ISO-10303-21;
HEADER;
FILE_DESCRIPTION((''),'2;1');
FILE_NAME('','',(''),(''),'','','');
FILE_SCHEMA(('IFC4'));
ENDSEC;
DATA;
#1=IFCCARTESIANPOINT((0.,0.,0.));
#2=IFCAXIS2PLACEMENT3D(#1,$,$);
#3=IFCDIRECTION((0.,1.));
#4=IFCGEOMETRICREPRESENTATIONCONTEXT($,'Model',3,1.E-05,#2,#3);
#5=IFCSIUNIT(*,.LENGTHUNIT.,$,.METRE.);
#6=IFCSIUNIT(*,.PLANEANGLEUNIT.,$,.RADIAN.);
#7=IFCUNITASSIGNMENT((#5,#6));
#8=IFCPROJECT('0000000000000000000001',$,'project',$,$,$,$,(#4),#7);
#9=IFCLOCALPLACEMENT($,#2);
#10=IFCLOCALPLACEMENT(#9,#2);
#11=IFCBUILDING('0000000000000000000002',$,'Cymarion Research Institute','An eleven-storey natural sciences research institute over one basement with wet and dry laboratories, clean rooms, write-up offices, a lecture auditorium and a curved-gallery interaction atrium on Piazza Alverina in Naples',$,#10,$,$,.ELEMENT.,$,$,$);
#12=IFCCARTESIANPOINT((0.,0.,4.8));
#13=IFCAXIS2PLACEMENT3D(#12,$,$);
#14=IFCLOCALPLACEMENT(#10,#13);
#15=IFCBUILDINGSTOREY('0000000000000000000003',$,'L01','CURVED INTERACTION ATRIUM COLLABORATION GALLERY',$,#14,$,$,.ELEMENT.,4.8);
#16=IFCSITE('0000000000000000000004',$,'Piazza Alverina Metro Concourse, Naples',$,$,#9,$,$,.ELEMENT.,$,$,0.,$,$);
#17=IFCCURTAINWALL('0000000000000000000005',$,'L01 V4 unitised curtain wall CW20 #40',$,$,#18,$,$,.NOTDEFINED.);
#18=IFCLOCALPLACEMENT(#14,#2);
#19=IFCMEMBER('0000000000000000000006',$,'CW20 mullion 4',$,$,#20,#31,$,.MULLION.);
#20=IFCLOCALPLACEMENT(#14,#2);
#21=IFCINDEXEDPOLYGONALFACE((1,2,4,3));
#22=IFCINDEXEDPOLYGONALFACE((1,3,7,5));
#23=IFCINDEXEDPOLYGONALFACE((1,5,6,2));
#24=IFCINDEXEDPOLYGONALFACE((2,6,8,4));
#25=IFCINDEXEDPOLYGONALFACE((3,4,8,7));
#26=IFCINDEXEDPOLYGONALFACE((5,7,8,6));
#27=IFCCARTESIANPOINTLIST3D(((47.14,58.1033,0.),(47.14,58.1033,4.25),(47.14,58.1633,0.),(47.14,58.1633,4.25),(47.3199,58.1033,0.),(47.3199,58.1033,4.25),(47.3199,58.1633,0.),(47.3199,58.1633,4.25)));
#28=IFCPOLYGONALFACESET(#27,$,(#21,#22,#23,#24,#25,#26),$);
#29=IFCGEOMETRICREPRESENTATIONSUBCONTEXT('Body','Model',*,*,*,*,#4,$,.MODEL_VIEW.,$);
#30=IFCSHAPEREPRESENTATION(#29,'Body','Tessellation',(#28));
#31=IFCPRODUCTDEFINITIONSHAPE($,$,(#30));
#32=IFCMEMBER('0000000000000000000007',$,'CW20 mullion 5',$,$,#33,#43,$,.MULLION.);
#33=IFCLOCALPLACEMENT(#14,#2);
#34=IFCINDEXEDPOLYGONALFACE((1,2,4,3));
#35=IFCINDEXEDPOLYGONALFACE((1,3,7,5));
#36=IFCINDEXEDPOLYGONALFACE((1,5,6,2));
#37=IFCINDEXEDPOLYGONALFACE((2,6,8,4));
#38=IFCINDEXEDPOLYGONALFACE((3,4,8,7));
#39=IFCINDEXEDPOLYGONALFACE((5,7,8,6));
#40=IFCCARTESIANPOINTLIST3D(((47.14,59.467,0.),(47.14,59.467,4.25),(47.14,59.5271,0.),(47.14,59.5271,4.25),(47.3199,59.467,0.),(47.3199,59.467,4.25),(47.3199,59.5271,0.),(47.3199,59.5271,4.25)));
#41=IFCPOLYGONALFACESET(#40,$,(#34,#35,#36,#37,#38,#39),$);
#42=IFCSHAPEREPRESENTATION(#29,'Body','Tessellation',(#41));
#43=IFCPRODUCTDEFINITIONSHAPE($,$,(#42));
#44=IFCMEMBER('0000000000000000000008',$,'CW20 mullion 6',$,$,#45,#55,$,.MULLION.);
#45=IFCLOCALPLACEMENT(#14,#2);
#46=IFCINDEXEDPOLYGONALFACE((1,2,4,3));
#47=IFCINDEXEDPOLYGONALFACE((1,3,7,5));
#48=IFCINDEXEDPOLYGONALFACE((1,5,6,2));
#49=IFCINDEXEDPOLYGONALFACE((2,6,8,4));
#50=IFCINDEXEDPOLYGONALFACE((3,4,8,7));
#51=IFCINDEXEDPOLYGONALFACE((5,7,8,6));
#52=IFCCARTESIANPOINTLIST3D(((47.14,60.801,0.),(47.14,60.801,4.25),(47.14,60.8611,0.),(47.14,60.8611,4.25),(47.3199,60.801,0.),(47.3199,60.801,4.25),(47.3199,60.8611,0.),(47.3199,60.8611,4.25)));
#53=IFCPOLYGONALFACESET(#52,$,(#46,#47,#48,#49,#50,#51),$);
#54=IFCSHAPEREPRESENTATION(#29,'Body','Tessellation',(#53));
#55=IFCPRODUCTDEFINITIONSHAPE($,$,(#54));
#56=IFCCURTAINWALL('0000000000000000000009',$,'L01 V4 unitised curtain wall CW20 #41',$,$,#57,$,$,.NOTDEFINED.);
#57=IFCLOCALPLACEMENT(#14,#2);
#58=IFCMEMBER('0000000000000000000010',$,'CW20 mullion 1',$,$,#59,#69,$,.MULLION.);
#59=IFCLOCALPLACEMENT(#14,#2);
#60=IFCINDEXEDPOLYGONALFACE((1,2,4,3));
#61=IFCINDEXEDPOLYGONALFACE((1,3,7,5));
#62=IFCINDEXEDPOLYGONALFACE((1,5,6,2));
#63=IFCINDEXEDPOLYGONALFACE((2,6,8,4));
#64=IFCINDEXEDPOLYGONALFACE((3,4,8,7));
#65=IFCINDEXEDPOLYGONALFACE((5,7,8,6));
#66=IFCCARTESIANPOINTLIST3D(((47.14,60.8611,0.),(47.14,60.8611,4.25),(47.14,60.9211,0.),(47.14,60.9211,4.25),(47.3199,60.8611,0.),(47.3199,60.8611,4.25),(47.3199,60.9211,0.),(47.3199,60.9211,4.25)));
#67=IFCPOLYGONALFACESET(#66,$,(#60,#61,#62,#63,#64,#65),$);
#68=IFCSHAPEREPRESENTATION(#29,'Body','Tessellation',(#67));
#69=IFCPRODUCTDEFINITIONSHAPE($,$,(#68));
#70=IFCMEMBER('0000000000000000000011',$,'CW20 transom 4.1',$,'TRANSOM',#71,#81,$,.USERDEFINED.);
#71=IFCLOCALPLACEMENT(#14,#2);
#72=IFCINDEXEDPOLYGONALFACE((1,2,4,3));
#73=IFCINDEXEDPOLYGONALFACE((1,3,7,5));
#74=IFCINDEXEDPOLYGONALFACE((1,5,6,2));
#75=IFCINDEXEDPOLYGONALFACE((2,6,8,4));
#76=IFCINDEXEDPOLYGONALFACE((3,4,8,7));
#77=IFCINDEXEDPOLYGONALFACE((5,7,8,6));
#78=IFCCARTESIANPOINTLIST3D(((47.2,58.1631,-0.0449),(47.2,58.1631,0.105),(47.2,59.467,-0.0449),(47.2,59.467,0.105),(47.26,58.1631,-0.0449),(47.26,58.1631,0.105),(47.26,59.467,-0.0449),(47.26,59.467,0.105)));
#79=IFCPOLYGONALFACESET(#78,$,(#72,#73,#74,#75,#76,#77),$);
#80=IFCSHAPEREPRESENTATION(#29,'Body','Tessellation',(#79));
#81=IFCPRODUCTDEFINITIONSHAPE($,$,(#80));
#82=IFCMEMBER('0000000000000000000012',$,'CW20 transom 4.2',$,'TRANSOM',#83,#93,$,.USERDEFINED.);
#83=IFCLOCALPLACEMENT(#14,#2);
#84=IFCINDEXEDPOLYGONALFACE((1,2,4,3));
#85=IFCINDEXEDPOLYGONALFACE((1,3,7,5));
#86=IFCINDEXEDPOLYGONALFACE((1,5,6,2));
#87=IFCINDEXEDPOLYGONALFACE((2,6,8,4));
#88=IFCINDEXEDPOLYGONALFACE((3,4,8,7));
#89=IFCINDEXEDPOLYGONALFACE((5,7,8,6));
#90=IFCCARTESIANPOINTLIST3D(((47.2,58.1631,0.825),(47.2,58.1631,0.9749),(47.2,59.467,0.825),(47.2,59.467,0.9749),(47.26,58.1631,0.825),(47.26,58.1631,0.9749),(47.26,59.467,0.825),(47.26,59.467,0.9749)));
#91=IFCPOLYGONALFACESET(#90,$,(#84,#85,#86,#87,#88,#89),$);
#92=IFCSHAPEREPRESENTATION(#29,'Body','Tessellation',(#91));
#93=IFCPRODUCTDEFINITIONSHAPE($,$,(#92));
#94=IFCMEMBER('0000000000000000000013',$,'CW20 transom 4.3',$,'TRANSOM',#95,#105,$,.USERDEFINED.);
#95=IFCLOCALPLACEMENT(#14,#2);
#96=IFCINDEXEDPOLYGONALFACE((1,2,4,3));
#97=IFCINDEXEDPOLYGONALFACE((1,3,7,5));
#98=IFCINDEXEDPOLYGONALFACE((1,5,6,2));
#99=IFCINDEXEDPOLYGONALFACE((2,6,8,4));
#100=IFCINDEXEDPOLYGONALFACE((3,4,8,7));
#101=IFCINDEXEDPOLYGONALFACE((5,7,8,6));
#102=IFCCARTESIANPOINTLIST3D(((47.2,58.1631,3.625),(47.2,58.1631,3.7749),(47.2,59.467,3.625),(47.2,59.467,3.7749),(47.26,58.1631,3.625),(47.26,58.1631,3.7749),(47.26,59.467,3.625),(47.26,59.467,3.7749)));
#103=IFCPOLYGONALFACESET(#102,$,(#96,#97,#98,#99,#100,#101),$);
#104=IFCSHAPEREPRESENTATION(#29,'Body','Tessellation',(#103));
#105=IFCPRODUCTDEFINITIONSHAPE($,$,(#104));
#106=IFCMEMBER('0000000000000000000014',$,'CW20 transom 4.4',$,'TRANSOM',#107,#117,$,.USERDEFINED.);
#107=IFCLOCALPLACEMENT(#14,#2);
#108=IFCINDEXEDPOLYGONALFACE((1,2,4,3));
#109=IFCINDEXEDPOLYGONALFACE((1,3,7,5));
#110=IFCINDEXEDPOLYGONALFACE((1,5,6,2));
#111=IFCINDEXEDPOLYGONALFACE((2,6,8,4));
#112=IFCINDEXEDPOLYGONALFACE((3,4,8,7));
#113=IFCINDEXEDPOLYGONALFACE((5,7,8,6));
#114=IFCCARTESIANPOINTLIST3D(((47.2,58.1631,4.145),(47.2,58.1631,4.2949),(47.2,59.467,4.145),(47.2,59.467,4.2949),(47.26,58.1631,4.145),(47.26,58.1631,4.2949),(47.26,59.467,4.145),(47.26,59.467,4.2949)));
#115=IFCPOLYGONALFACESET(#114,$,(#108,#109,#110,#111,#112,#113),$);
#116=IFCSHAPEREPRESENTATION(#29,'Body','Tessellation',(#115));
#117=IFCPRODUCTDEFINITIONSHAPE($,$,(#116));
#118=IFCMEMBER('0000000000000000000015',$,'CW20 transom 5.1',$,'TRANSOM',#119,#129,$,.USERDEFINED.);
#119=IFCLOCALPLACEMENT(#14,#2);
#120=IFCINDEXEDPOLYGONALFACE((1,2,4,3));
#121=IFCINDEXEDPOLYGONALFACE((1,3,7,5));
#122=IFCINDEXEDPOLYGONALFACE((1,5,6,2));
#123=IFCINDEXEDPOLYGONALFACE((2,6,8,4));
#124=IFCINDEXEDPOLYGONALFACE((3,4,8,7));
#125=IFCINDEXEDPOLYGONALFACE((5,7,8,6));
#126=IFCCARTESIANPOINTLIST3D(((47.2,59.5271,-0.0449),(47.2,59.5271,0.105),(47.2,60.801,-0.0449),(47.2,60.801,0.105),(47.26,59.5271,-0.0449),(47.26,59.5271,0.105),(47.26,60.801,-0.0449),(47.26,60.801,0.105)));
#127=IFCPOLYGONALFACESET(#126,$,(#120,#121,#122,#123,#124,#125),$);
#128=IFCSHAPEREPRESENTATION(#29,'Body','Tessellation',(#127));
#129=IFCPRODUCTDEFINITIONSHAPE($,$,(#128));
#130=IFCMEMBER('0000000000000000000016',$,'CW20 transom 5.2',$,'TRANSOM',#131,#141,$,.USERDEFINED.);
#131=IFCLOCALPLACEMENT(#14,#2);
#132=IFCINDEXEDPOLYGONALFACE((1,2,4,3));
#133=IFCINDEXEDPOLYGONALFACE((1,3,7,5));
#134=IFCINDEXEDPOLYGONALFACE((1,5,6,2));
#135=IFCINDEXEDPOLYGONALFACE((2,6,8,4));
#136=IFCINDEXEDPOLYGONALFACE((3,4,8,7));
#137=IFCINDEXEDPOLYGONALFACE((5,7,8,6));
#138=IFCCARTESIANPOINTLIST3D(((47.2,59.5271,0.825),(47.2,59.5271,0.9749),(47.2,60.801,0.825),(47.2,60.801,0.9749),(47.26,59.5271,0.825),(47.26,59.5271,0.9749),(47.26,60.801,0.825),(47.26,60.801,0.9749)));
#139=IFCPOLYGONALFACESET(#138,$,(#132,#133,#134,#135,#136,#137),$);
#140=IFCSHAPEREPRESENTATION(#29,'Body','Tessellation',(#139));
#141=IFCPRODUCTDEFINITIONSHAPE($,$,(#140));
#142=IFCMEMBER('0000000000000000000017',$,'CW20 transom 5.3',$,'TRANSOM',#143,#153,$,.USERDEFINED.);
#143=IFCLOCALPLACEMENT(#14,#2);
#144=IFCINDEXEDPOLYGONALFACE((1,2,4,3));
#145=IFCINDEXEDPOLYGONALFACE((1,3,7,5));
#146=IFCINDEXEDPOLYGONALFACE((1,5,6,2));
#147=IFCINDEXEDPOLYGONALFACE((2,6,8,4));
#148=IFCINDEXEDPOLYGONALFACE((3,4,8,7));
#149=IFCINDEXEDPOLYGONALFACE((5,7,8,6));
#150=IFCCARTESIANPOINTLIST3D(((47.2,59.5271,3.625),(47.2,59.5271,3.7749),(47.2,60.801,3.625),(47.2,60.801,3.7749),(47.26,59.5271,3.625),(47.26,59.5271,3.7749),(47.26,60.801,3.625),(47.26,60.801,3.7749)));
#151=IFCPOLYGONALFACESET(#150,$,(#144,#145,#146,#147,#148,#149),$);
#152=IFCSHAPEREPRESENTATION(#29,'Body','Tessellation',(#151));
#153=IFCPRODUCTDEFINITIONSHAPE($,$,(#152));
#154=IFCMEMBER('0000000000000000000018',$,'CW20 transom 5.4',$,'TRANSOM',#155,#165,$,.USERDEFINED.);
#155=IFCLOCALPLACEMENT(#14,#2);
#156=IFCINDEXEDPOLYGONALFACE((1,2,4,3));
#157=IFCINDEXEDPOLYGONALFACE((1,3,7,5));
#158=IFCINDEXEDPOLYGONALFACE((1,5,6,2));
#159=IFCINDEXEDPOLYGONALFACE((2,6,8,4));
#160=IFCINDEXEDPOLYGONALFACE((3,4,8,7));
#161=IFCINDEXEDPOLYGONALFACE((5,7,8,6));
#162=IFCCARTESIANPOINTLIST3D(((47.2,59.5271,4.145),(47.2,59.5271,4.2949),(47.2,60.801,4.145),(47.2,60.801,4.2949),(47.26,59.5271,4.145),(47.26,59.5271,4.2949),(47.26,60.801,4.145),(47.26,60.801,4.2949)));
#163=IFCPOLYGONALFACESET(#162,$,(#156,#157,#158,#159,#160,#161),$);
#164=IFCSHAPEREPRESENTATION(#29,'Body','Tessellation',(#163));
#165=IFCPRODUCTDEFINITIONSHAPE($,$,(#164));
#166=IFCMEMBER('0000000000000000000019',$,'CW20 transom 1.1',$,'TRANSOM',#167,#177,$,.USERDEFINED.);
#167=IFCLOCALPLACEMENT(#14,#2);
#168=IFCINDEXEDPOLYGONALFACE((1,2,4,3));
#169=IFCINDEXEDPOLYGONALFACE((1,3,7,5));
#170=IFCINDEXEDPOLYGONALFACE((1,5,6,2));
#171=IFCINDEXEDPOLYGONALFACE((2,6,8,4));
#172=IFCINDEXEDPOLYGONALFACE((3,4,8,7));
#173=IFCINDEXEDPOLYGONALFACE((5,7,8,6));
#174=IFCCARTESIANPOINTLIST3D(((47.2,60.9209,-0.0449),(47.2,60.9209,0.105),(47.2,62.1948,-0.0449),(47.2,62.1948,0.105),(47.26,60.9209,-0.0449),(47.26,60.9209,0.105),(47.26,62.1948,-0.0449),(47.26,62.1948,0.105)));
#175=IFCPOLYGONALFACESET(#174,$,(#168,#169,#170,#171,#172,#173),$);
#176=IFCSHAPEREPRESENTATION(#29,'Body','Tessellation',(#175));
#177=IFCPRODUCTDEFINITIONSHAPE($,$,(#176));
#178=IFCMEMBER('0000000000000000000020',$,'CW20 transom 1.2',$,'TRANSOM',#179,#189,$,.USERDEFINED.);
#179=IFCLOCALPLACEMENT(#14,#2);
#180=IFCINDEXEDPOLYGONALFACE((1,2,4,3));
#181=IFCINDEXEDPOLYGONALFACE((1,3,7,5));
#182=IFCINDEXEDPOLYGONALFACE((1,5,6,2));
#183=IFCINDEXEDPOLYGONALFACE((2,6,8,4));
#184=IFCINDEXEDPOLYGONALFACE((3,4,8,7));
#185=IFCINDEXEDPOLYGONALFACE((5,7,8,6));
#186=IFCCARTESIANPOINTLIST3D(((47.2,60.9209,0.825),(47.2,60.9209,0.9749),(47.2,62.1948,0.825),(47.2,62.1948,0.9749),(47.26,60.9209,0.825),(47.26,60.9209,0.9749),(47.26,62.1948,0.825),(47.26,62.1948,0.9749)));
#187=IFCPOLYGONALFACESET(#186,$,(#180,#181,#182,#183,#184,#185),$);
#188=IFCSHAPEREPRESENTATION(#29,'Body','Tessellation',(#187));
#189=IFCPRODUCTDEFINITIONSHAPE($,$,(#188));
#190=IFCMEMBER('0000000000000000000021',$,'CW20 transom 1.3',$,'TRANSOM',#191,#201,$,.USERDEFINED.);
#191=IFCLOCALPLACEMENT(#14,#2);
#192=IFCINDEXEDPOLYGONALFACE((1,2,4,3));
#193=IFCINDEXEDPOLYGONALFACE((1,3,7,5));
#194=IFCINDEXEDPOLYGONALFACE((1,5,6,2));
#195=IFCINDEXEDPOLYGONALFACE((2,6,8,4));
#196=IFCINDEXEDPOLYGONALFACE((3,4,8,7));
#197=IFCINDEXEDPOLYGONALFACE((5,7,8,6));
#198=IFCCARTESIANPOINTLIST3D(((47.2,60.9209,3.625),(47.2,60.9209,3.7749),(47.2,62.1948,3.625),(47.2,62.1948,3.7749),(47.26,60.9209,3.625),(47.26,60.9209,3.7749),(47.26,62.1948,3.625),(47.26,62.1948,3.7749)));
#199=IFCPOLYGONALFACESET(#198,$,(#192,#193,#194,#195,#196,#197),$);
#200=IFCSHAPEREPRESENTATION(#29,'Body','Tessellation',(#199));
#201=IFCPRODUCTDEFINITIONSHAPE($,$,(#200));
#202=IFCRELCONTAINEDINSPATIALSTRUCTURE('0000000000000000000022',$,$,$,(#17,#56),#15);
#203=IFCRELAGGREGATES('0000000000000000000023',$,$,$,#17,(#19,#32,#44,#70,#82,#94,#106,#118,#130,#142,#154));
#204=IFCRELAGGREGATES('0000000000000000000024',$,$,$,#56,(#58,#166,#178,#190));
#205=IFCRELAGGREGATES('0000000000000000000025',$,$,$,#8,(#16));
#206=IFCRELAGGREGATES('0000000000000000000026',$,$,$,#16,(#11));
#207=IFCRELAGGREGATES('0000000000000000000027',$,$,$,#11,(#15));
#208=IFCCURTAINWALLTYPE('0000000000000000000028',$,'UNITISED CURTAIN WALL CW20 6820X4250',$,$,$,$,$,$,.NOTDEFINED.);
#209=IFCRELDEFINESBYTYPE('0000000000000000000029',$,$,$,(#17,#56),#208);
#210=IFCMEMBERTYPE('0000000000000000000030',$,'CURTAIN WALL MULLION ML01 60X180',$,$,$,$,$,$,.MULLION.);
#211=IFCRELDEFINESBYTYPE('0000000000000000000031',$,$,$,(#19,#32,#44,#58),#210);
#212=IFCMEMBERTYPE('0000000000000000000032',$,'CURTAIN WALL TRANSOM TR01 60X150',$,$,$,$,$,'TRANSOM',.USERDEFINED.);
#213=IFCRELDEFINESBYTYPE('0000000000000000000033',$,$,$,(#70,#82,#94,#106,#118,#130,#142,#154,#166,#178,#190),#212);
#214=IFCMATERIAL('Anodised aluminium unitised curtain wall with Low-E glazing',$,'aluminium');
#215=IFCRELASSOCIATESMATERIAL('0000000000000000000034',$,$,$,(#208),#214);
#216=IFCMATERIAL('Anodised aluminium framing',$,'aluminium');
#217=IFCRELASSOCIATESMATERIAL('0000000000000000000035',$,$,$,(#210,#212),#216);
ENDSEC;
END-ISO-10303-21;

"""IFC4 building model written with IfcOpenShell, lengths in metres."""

from ifc_helpers import new_model, si_unit, direction, frame, origin, origin_2d, place, context, subcontext, project, spatial, rectangle, extrude, material, material_profile, profile_set, type_object, element, aggregate, save


model = new_model("IFC4")

# Units and contexts
model_context = context("Model", 3, precision=1e-05, world=origin(), true_north=direction((0.0, 1.0)))
body_context = subcontext(model_context, "Body", "Model", "MODEL_VIEW")
ifc_project = project(units=[si_unit("LENGTHUNIT", "METRE"), si_unit("PLANEANGLEUNIT", "RADIAN")], contexts=[model_context])

# Site, building, storey
site_placement = place(None, origin())
site = spatial("IfcSite", under=ifc_project, at=site_placement, Name="Piazza Alverina Metro Concourse, Naples", CompositionType="ELEMENT", RefElevation=0.0)
building_placement = place(site_placement, origin())
building = spatial("IfcBuilding", under=site, at=building_placement, Name="Cymarion Research Institute", Description="An eleven-storey natural sciences research institute over one basement with wet and dry laboratories, clean rooms, write-up offices, a lecture auditorium and a curved-gallery interaction atrium on Piazza Alverina in Naples", CompositionType="ELEMENT")
storey_placement = place(building_placement, frame((0.0, 0.0, 4.8)))
storey = spatial("IfcBuildingStorey", under=building, at=storey_placement, Name="L01", Description="CURVED INTERACTION ATRIUM COLLABORATION GALLERY", CompositionType="ELEMENT", Elevation=4.8)

# Curtain wall, members
ifc_material_1 = material(Name="Anodised aluminium unitised curtain wall with Low-E glazing", Category="aluminium")
curtain_wall_type = type_object("IfcCurtainWallType", Name="UNITISED CURTAIN WALL CW20 6820X4250", PredefinedType="NOTDEFINED", material=ifc_material_1)
curtain_wall_1_placement = place(storey_placement, origin())
curtain_wall_1 = element("IfcCurtainWall", 1, at=curtain_wall_1_placement, inside=storey, type_object=curtain_wall_type, Name="L01 V4 unitised curtain wall CW20 #40", PredefinedType="NOTDEFINED")
ifc_material_2 = material(Name="Anodised aluminium framing", Category="aluminium")
ifc_material_profile_1 = material_profile(ifc_material_2, rectangle(XDim=0.0601, YDim=0.1799, at=origin_2d()), Name="ALU MULLION 60x180")
ifc_profile_set_1 = profile_set([ifc_material_profile_1], Name="Anodised aluminium framing")
member_type_1 = type_object("IfcMemberType", Name="CURTAIN WALL MULLION ML01 60X180", PredefinedType="MULLION", material=ifc_profile_set_1)
member_1_placement = place(storey_placement, frame((47.23, 58.1333, 0.0), z_axis=(0.0, 0.0, 1.0), x_axis=(0.0, 1.0, 0.0)))
member_1 = element("IfcMember", 2, at=member_1_placement, type_object=member_type_1, Name="CW20 mullion 4", PredefinedType="MULLION", context=body_context, shape_type="SweptSolid", body=[
    extrude(rectangle(XDim=0.0601, YDim=0.1799, at=origin_2d()), origin(), (0.0, 0.0, 1.0), 4.25),
])
member_2_placement = place(storey_placement, frame((47.23, 59.4971, 0.0), z_axis=(0.0, 0.0, 1.0), x_axis=(0.0, 1.0, 0.0)))
member_2 = element("IfcMember", 3, at=member_2_placement, type_object=member_type_1, Name="CW20 mullion 5", PredefinedType="MULLION", context=body_context, shape_type="SweptSolid", body=[
    extrude(rectangle(XDim=0.0601, YDim=0.1799, at=origin_2d()), origin(), (0.0, 0.0, 1.0), 4.25),
])
member_3_placement = place(storey_placement, frame((47.23, 60.8311, 0.0), z_axis=(0.0, 0.0, 1.0), x_axis=(0.0, 1.0, 0.0)))
member_3 = element("IfcMember", 4, at=member_3_placement, type_object=member_type_1, Name="CW20 mullion 6", PredefinedType="MULLION", context=body_context, shape_type="SweptSolid", body=[
    extrude(rectangle(XDim=0.0601, YDim=0.1799, at=origin_2d()), origin(), (0.0, 0.0, 1.0), 4.25),
])

# Curtain wall, member
curtain_wall_2_placement = place(storey_placement, origin())
curtain_wall_2 = element("IfcCurtainWall", 5, at=curtain_wall_2_placement, inside=storey, type_object=curtain_wall_type, Name="L01 V4 unitised curtain wall CW20 #41", PredefinedType="NOTDEFINED")
member_4_placement = place(storey_placement, frame((47.23, 60.8911, 0.0), z_axis=(0.0, 0.0, 1.0), x_axis=(0.0, 1.0, 0.0)))
member_4 = element("IfcMember", 6, at=member_4_placement, type_object=member_type_1, Name="CW20 mullion 1", PredefinedType="MULLION", context=body_context, shape_type="SweptSolid", body=[
    extrude(rectangle(XDim=0.0601, YDim=0.1799, at=origin_2d()), origin(), (0.0, 0.0, 1.0), 4.25),
])

# Members
ifc_material_profile_2 = material_profile(ifc_material_2, rectangle(XDim=0.0601, YDim=0.1499, at=origin_2d()), Name="ALU TRANSOM 60x150")
ifc_profile_set_2 = profile_set([ifc_material_profile_2], Name="Anodised aluminium framing")
member_type_2 = type_object("IfcMemberType", Name="CURTAIN WALL TRANSOM TR01 60X150", ElementType="TRANSOM", PredefinedType="USERDEFINED", material=ifc_profile_set_2)
member_5_placement = place(storey_placement, frame((47.23, 58.1631, 0.03), z_axis=(0.0, 1.0, 0.0), x_axis=(-1.0, 0.0, 0.0)))
member_5 = element("IfcMember", 7, at=member_5_placement, type_object=member_type_2, Name="CW20 transom 4.1", ObjectType="TRANSOM", PredefinedType="USERDEFINED", context=body_context, shape_type="SweptSolid", body=[
    extrude(rectangle(XDim=0.0601, YDim=0.1499, at=origin_2d()), origin(), (0.0, 0.0, 1.0), 1.304),
])
member_6_placement = place(storey_placement, frame((47.23, 58.1631, 0.8999), z_axis=(0.0, 1.0, 0.0), x_axis=(-1.0, 0.0, 0.0)))
member_6 = element("IfcMember", 8, at=member_6_placement, type_object=member_type_2, Name="CW20 transom 4.2", ObjectType="TRANSOM", PredefinedType="USERDEFINED", context=body_context, shape_type="SweptSolid", body=[
    extrude(rectangle(XDim=0.0601, YDim=0.1499, at=origin_2d()), origin(), (0.0, 0.0, 1.0), 1.304),
])
member_7_placement = place(storey_placement, frame((47.23, 58.1631, 3.7), z_axis=(0.0, 1.0, 0.0), x_axis=(-1.0, 0.0, 0.0)))
member_7 = element("IfcMember", 9, at=member_7_placement, type_object=member_type_2, Name="CW20 transom 4.3", ObjectType="TRANSOM", PredefinedType="USERDEFINED", context=body_context, shape_type="SweptSolid", body=[
    extrude(rectangle(XDim=0.0601, YDim=0.1499, at=origin_2d()), origin(), (0.0, 0.0, 1.0), 1.304),
])
member_8_placement = place(storey_placement, frame((47.23, 58.1631, 4.22), z_axis=(0.0, 1.0, 0.0), x_axis=(-1.0, 0.0, 0.0)))
member_8 = element("IfcMember", 10, at=member_8_placement, type_object=member_type_2, Name="CW20 transom 4.4", ObjectType="TRANSOM", PredefinedType="USERDEFINED", context=body_context, shape_type="SweptSolid", body=[
    extrude(rectangle(XDim=0.0601, YDim=0.1499, at=origin_2d()), origin(), (0.0, 0.0, 1.0), 1.304),
])
member_9_placement = place(storey_placement, frame((47.23, 59.5271, 0.03), z_axis=(0.0, 1.0, 0.0), x_axis=(-1.0, 0.0, 0.0)))
member_9 = element("IfcMember", 11, at=member_9_placement, type_object=member_type_2, Name="CW20 transom 5.1", ObjectType="TRANSOM", PredefinedType="USERDEFINED", context=body_context, shape_type="SweptSolid", body=[
    extrude(rectangle(XDim=0.0601, YDim=0.1499, at=origin_2d()), origin(), (0.0, 0.0, 1.0), 1.2739),
])
member_10_placement = place(storey_placement, frame((47.23, 59.5271, 0.8999), z_axis=(0.0, 1.0, 0.0), x_axis=(-1.0, 0.0, 0.0)))
member_10 = element("IfcMember", 12, at=member_10_placement, type_object=member_type_2, Name="CW20 transom 5.2", ObjectType="TRANSOM", PredefinedType="USERDEFINED", context=body_context, shape_type="SweptSolid", body=[
    extrude(rectangle(XDim=0.0601, YDim=0.1499, at=origin_2d()), origin(), (0.0, 0.0, 1.0), 1.2739),
])
member_11_placement = place(storey_placement, frame((47.23, 59.5271, 3.7), z_axis=(0.0, 1.0, 0.0), x_axis=(-1.0, 0.0, 0.0)))
member_11 = element("IfcMember", 13, at=member_11_placement, type_object=member_type_2, Name="CW20 transom 5.3", ObjectType="TRANSOM", PredefinedType="USERDEFINED", context=body_context, shape_type="SweptSolid", body=[
    extrude(rectangle(XDim=0.0601, YDim=0.1499, at=origin_2d()), origin(), (0.0, 0.0, 1.0), 1.2739),
])
member_12_placement = place(storey_placement, frame((47.23, 59.5271, 4.22), z_axis=(0.0, 1.0, 0.0), x_axis=(-1.0, 0.0, 0.0)))
member_12 = element("IfcMember", 14, at=member_12_placement, type_object=member_type_2, Name="CW20 transom 5.4", ObjectType="TRANSOM", PredefinedType="USERDEFINED", context=body_context, shape_type="SweptSolid", body=[
    extrude(rectangle(XDim=0.0601, YDim=0.1499, at=origin_2d()), origin(), (0.0, 0.0, 1.0), 1.2739),
])
member_13_placement = place(storey_placement, frame((47.23, 60.9209, 0.03), z_axis=(0.0, 1.0, 0.0), x_axis=(-1.0, 0.0, 0.0)))
member_13 = element("IfcMember", 15, at=member_13_placement, type_object=member_type_2, Name="CW20 transom 1.1", ObjectType="TRANSOM", PredefinedType="USERDEFINED", context=body_context, shape_type="SweptSolid", body=[
    extrude(rectangle(XDim=0.0601, YDim=0.1499, at=origin_2d()), origin(), (0.0, 0.0, 1.0), 1.2739),
])
member_14_placement = place(storey_placement, frame((47.23, 60.9209, 0.8999), z_axis=(0.0, 1.0, 0.0), x_axis=(-1.0, 0.0, 0.0)))
member_14 = element("IfcMember", 16, at=member_14_placement, type_object=member_type_2, Name="CW20 transom 1.2", ObjectType="TRANSOM", PredefinedType="USERDEFINED", context=body_context, shape_type="SweptSolid", body=[
    extrude(rectangle(XDim=0.0601, YDim=0.1499, at=origin_2d()), origin(), (0.0, 0.0, 1.0), 1.2739),
])
member_15_placement = place(storey_placement, frame((47.23, 60.9209, 3.7), z_axis=(0.0, 1.0, 0.0), x_axis=(-1.0, 0.0, 0.0)))
member_15 = element("IfcMember", 17, at=member_15_placement, type_object=member_type_2, Name="CW20 transom 1.3", ObjectType="TRANSOM", PredefinedType="USERDEFINED", context=body_context, shape_type="SweptSolid", body=[
    extrude(rectangle(XDim=0.0601, YDim=0.1499, at=origin_2d()), origin(), (0.0, 0.0, 1.0), 1.2739),
])

aggregate(curtain_wall_1, [member_1, member_2, member_3, member_5, member_6, member_7, member_8, member_9, member_10, member_11, member_12])
aggregate(curtain_wall_2, [member_4, member_13, member_14, member_15])

save(model, "model.ifc")
